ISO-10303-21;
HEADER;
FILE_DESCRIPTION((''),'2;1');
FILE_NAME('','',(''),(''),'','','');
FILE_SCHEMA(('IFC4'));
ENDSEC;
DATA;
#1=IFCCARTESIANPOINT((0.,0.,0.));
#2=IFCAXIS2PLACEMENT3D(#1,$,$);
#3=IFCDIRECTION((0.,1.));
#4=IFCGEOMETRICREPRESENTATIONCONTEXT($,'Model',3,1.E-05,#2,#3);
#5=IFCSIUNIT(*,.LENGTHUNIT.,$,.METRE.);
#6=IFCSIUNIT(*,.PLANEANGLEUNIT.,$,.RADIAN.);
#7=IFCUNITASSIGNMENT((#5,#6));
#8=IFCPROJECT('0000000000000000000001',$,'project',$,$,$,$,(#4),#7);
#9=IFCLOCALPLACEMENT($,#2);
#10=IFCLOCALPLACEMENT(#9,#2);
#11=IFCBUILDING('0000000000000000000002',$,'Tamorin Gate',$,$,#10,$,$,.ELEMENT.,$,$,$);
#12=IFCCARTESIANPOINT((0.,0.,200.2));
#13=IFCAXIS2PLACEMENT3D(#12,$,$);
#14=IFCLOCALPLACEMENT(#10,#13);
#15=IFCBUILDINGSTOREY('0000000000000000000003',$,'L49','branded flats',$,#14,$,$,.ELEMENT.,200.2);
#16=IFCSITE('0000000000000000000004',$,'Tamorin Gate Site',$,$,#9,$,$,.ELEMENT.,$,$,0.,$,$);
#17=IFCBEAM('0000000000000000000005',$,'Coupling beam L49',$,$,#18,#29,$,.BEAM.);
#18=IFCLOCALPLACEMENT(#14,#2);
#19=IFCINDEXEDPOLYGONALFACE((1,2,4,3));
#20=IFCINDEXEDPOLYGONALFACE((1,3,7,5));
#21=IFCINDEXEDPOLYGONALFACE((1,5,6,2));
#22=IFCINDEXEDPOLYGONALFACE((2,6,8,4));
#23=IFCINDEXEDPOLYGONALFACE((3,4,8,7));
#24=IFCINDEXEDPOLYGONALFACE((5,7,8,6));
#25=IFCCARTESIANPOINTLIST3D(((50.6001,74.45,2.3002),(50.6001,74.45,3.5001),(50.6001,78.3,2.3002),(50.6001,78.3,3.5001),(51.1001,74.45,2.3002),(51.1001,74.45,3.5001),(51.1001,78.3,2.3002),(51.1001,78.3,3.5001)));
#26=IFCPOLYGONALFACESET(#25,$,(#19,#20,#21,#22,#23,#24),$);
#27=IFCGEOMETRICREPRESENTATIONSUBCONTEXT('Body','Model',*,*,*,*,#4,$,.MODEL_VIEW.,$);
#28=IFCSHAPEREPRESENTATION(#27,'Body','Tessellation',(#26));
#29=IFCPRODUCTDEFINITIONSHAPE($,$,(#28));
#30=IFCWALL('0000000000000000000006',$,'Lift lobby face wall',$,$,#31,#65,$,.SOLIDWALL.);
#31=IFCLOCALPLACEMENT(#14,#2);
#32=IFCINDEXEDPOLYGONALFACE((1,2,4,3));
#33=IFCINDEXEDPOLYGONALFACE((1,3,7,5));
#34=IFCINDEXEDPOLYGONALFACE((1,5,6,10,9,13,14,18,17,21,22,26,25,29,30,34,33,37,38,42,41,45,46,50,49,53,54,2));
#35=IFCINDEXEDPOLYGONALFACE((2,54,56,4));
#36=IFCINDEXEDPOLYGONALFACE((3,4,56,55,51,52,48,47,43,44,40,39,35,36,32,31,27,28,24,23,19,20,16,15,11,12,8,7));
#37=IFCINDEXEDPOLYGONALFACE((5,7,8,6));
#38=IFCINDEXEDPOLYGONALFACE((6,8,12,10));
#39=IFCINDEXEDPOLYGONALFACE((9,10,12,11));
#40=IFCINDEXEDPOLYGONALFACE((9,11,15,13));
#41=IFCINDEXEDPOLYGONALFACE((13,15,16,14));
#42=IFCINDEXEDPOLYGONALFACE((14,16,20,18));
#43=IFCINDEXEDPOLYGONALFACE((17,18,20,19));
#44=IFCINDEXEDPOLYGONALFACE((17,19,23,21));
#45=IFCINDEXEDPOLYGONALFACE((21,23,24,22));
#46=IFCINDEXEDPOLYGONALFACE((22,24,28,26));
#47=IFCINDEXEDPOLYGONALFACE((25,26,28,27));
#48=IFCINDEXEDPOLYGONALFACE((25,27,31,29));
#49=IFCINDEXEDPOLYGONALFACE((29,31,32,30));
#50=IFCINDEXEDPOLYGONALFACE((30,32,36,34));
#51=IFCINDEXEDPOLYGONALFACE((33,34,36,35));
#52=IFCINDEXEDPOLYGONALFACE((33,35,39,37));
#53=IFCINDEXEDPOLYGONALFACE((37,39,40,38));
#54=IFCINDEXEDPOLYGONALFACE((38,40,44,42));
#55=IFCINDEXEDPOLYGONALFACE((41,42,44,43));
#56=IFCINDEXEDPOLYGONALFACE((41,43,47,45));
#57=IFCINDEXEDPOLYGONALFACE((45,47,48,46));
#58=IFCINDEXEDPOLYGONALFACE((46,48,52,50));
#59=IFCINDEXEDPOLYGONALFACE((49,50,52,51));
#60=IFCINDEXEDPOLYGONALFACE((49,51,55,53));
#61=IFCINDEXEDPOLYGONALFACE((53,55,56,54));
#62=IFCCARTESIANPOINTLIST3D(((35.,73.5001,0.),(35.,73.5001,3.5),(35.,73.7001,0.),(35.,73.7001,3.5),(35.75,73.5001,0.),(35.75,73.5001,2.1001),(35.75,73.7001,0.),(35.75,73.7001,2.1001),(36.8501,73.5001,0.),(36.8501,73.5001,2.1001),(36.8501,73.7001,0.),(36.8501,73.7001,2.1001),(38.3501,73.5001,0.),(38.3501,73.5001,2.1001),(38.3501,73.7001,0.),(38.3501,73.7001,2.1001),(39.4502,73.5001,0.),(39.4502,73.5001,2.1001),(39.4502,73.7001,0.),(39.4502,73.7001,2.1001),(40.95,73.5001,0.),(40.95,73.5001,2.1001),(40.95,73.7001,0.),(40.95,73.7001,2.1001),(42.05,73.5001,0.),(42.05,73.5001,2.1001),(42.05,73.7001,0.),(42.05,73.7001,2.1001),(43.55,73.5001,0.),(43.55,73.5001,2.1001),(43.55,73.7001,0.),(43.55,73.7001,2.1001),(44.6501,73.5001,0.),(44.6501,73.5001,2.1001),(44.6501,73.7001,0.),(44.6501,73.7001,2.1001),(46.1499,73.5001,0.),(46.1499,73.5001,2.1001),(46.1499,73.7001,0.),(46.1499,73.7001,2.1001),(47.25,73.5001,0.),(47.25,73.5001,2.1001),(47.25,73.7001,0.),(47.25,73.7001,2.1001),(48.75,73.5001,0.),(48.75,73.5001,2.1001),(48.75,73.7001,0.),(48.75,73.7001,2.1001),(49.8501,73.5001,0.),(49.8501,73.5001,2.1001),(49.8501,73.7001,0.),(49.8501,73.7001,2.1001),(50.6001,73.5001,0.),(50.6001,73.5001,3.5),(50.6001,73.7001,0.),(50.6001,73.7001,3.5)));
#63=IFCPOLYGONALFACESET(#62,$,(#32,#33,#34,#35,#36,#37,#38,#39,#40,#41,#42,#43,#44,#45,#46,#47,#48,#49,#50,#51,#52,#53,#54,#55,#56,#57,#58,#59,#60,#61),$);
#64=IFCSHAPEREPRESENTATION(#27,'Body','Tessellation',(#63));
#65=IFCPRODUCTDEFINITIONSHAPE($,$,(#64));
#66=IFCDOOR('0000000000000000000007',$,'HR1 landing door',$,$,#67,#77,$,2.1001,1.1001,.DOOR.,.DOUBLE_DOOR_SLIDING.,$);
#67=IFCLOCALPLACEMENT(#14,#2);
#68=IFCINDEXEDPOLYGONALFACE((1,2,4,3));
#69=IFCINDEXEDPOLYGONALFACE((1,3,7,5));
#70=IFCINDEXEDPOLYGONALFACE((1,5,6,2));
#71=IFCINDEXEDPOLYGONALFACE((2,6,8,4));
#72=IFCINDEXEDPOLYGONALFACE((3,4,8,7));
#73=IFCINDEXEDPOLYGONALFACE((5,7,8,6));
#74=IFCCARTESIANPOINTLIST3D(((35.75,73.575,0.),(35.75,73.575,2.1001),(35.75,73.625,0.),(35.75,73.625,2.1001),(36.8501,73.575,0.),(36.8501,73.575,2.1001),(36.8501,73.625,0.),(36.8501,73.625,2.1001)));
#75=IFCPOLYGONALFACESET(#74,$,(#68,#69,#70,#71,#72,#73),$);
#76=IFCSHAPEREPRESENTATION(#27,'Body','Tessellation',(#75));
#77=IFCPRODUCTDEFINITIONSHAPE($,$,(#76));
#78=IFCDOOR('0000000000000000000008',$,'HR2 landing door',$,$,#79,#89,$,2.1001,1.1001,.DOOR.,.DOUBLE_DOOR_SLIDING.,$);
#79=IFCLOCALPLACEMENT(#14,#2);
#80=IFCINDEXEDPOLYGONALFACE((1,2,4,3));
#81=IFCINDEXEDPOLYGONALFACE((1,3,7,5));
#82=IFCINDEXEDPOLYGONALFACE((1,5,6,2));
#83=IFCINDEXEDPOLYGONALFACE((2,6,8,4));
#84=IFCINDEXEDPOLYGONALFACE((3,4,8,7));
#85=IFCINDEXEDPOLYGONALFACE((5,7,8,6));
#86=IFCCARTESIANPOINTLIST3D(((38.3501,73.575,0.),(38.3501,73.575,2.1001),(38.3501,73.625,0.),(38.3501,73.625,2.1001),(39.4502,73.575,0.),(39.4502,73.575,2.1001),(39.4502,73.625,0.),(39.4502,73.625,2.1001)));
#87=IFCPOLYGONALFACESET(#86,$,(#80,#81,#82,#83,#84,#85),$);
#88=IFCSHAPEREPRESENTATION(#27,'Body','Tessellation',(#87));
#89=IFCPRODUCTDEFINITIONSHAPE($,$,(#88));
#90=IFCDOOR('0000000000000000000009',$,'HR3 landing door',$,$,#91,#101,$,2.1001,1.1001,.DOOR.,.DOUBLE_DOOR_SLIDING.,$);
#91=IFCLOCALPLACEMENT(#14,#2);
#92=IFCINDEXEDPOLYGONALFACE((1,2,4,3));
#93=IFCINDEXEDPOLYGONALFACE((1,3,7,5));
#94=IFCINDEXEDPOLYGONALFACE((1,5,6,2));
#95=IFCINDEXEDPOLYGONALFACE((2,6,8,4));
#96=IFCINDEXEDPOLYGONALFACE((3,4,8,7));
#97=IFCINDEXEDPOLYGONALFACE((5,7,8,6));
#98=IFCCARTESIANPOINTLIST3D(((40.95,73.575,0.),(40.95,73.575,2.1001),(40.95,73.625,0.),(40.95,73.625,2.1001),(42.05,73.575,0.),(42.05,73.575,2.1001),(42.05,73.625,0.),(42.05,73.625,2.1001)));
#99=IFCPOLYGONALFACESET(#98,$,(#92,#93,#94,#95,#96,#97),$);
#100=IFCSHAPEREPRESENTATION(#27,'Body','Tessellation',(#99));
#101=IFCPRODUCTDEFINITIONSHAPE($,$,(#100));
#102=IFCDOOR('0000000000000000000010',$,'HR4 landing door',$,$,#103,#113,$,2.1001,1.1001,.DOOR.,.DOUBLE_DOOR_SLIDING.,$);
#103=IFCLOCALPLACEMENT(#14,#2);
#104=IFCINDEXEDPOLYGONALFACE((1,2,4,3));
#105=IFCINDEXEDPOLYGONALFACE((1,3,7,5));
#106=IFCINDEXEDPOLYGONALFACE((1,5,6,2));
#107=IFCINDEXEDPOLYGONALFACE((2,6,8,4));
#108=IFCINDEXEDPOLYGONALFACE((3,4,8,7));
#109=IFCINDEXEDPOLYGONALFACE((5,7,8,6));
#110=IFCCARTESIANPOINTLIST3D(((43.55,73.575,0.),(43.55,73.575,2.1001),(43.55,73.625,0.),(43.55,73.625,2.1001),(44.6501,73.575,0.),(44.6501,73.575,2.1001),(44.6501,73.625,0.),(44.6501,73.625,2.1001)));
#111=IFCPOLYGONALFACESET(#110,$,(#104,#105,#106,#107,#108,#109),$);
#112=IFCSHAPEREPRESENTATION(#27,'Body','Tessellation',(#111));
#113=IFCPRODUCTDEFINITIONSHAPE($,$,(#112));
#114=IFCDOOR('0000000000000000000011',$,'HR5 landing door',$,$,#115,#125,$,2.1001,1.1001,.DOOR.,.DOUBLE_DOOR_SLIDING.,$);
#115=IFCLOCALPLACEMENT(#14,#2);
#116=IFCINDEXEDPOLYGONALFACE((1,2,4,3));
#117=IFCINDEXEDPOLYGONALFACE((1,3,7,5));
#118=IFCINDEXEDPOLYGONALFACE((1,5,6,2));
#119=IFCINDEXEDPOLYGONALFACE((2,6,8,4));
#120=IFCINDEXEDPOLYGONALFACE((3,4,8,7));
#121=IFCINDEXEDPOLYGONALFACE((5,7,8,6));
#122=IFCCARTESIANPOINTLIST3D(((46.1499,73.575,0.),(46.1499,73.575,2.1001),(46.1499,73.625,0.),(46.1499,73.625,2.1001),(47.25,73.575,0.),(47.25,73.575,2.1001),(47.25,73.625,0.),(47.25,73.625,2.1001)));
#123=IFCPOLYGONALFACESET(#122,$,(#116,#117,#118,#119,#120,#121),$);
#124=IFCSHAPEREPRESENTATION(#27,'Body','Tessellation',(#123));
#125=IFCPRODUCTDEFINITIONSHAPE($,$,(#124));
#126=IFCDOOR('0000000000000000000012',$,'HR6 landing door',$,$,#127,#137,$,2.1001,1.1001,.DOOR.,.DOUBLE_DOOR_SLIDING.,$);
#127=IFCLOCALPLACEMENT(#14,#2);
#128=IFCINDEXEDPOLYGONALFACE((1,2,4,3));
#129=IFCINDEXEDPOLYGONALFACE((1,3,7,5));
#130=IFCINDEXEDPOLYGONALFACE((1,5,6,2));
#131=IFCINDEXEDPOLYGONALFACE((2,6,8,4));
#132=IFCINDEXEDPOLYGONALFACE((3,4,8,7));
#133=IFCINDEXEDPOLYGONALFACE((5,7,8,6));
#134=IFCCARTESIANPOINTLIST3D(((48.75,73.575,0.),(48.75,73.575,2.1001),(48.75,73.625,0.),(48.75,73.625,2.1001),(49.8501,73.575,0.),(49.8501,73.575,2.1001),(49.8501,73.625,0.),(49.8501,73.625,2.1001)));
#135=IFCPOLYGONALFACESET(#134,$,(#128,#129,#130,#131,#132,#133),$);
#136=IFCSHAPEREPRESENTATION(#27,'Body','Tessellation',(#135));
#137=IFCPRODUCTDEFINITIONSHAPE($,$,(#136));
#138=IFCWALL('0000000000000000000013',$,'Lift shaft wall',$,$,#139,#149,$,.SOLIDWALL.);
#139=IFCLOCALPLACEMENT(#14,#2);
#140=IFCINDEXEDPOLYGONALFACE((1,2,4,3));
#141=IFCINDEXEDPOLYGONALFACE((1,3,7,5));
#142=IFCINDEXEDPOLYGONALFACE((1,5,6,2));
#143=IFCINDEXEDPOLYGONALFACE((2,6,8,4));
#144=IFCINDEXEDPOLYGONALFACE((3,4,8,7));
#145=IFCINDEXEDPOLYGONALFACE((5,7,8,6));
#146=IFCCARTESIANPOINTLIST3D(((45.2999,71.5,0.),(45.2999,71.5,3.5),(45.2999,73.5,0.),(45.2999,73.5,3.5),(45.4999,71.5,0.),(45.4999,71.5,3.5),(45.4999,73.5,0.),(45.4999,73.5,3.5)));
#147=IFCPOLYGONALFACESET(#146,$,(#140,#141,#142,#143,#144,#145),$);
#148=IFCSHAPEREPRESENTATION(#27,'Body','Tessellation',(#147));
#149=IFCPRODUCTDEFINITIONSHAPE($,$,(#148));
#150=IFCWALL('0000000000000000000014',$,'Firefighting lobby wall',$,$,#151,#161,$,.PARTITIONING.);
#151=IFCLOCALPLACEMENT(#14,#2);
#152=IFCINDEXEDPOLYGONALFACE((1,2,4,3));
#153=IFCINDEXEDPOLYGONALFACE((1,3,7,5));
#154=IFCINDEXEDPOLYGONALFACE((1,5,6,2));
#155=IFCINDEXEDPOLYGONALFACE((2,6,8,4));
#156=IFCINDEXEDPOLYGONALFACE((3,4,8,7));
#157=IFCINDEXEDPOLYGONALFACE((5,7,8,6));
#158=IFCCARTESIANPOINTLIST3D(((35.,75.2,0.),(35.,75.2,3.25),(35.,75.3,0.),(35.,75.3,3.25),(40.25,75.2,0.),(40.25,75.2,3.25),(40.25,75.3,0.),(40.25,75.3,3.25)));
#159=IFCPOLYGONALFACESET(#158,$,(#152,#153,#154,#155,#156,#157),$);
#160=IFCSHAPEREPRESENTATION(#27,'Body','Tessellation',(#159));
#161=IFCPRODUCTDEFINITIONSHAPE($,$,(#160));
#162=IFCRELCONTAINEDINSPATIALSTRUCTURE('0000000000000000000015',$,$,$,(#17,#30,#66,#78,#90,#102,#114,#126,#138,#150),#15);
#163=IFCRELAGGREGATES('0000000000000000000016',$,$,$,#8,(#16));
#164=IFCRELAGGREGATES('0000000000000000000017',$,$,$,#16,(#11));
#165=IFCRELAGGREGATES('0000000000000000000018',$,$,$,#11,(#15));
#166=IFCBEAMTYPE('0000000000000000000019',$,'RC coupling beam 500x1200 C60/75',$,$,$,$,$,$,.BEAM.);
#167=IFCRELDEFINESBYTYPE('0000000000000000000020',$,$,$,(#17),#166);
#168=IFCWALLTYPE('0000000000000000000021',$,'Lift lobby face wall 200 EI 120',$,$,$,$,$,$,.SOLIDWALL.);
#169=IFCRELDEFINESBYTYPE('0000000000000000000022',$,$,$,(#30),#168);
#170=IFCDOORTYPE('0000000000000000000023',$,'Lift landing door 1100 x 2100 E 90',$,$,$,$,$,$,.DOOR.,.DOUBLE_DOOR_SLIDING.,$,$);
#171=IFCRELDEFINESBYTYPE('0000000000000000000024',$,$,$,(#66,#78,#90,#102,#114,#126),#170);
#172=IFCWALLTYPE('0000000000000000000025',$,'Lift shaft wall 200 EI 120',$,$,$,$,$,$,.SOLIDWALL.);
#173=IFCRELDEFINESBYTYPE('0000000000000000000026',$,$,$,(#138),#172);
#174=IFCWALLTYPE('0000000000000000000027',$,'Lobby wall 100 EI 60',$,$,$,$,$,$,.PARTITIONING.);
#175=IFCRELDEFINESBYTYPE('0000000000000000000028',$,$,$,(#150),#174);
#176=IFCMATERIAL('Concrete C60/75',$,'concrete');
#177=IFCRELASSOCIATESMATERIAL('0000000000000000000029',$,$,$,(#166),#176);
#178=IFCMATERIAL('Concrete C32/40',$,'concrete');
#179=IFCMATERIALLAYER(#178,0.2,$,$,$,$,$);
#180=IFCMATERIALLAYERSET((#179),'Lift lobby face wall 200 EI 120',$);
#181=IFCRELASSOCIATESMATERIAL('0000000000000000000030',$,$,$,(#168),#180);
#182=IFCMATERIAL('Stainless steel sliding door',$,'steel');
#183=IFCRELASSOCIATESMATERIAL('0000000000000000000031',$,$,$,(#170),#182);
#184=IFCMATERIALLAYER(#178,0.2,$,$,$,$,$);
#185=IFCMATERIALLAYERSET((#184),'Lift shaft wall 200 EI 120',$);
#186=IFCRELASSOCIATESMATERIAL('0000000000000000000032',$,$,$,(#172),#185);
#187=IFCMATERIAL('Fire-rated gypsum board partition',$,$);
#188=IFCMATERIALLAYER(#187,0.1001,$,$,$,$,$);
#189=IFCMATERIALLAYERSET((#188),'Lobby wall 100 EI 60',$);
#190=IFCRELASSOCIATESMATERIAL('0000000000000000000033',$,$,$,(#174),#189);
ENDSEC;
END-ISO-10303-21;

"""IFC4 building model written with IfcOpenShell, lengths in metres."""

from ifc_helpers import new_model, si_unit, direction, frame, frame_2d, origin, origin_2d, place, context, subcontext, project, spatial, rectangle, extrude, material, layer, layer_set, material_profile, profile_set, type_object, element, fill, save


model = new_model("IFC4")

# Units and contexts
model_context = context("Model", 3, precision=1e-05, world=origin(), true_north=direction((0.0, 1.0)))
body_context = subcontext(model_context, "Body", "Model", "MODEL_VIEW")
ifc_project = project(units=[si_unit("LENGTHUNIT", "METRE"), si_unit("PLANEANGLEUNIT", "RADIAN")], contexts=[model_context])

# Site, building, storey
site_placement = place(None, origin())
site = spatial("IfcSite", under=ifc_project, at=site_placement, Name="Tamorin Gate Site", CompositionType="ELEMENT", RefElevation=0.0)
building_placement = place(site_placement, origin())
building = spatial("IfcBuilding", under=site, at=building_placement, Name="Tamorin Gate", CompositionType="ELEMENT")
storey_placement = place(building_placement, frame((0.0, 0.0, 200.2)))
storey = spatial("IfcBuildingStorey", under=building, at=storey_placement, Name="L49", Description="branded flats", CompositionType="ELEMENT", Elevation=200.2)

# Beam
ifc_material_1 = material(Name="Concrete C60/75", Category="concrete")
ifc_material_profile = material_profile(ifc_material_1, rectangle(XDim=0.5, YDim=1.2, at=origin_2d()), Name="RC 500x1200")
ifc_profile_set = profile_set([ifc_material_profile], Name="Concrete C60/75")
beam_type = type_object("IfcBeamType", Name="RC coupling beam 500x1200 C60/75", PredefinedType="BEAM", material=ifc_profile_set)
beam_placement = place(storey_placement, frame((50.8501, 74.45, 2.9001), z_axis=(0.0, 1.0, 0.0), x_axis=(-1.0, 0.0, 0.0)))
element("IfcBeam", 1, at=beam_placement, inside=storey, type_object=beam_type, Name="Coupling beam L49", PredefinedType="BEAM", context=body_context, shape_type="SweptSolid", body=[
    extrude(rectangle(XDim=0.5, YDim=1.2, at=origin_2d()), origin(), (0.0, 0.0, 1.0), 3.8501),
])

# Wall, openings, doors
ifc_material_2 = material(Name="Concrete C32/40", Category="concrete")
ifc_layer_1 = layer(ifc_material_2, 0.2)
ifc_layer_set_1 = layer_set([ifc_layer_1], Name="Lift lobby face wall 200 EI 120")
wall_type_1 = type_object("IfcWallType", Name="Lift lobby face wall 200 EI 120", PredefinedType="SOLIDWALL", material=ifc_layer_set_1)
wall_1_placement = place(storey_placement, frame((35.0, 73.6001, 0.0), z_axis=(0.0, 0.0, 1.0), x_axis=(1.0, 0.0, 0.0)))
wall_1 = element("IfcWall", 2, at=wall_1_placement, inside=storey, type_object=wall_type_1, Name="Lift lobby face wall", PredefinedType="SOLIDWALL", context=body_context, shape_type="SweptSolid", body=[
    extrude(rectangle(XDim=15.6001, YDim=0.2, at=frame_2d((7.8, 0.0))), origin(), (0.0, 0.0, 1.0), 3.5),
])
opening_1_placement = place(wall_1_placement, frame((0.75, 0.0, 0.0)))
opening_1 = element("IfcOpeningElement", 3, at=opening_1_placement, cuts=wall_1, PredefinedType="OPENING", context=body_context, shape_type="SweptSolid", body=[
    extrude(rectangle(XDim=1.1001, YDim=2.1001, at=frame_2d((0.55, 1.05))), frame((0.0, 0.1099, 0.0), z_axis=(0.0, -1.0, 0.0), x_axis=(1.0, 0.0, 0.0)), (0.0, 0.0, 1.0), 0.22),
])
opening_2_placement = place(wall_1_placement, frame((3.3501, 0.0, 0.0)))
opening_2 = element("IfcOpeningElement", 4, at=opening_2_placement, cuts=wall_1, PredefinedType="OPENING", context=body_context, shape_type="SweptSolid", body=[
    extrude(rectangle(XDim=1.1001, YDim=2.1001, at=frame_2d((0.55, 1.05))), frame((0.0, 0.1099, 0.0), z_axis=(0.0, -1.0, 0.0), x_axis=(1.0, 0.0, 0.0)), (0.0, 0.0, 1.0), 0.22),
])
opening_3_placement = place(wall_1_placement, frame((5.95, 0.0, 0.0)))
opening_3 = element("IfcOpeningElement", 5, at=opening_3_placement, cuts=wall_1, PredefinedType="OPENING", context=body_context, shape_type="SweptSolid", body=[
    extrude(rectangle(XDim=1.1001, YDim=2.1001, at=frame_2d((0.55, 1.05))), frame((0.0, 0.1099, 0.0), z_axis=(0.0, -1.0, 0.0), x_axis=(1.0, 0.0, 0.0)), (0.0, 0.0, 1.0), 0.22),
])
opening_4_placement = place(wall_1_placement, frame((8.55, 0.0, 0.0)))
opening_4 = element("IfcOpeningElement", 6, at=opening_4_placement, cuts=wall_1, PredefinedType="OPENING", context=body_context, shape_type="SweptSolid", body=[
    extrude(rectangle(XDim=1.1001, YDim=2.1001, at=frame_2d((0.55, 1.05))), frame((0.0, 0.1099, 0.0), z_axis=(0.0, -1.0, 0.0), x_axis=(1.0, 0.0, 0.0)), (0.0, 0.0, 1.0), 0.22),
])
opening_5_placement = place(wall_1_placement, frame((11.1499, 0.0, 0.0)))
opening_5 = element("IfcOpeningElement", 7, at=opening_5_placement, cuts=wall_1, PredefinedType="OPENING", context=body_context, shape_type="SweptSolid", body=[
    extrude(rectangle(XDim=1.1001, YDim=2.1001, at=frame_2d((0.55, 1.05))), frame((0.0, 0.1099, 0.0), z_axis=(0.0, -1.0, 0.0), x_axis=(1.0, 0.0, 0.0)), (0.0, 0.0, 1.0), 0.22),
])
opening_6_placement = place(wall_1_placement, frame((13.75, 0.0, 0.0)))
opening_6 = element("IfcOpeningElement", 8, at=opening_6_placement, cuts=wall_1, PredefinedType="OPENING", context=body_context, shape_type="SweptSolid", body=[
    extrude(rectangle(XDim=1.1001, YDim=2.1001, at=frame_2d((0.55, 1.05))), frame((0.0, 0.1099, 0.0), z_axis=(0.0, -1.0, 0.0), x_axis=(1.0, 0.0, 0.0)), (0.0, 0.0, 1.0), 0.22),
])
ifc_material_3 = material(Name="Stainless steel sliding door", Category="steel")
door_type_1 = type_object("IfcDoorType", Name="Lift landing door 1100 x 2100 E 90", OperationType="DOUBLE_DOOR_SLIDING", PredefinedType="DOOR", material=ifc_material_3)
door_1_placement = place(opening_1_placement, origin())
door_1 = element("IfcDoor", 9, at=door_1_placement, inside=storey, type_object=door_type_1, Name="HR1 landing door", OperationType="DOUBLE_DOOR_SLIDING", OverallHeight=2.1001, OverallWidth=1.1001, PredefinedType="DOOR", context=body_context, shape_type="SweptSolid", body=[
    extrude(rectangle(XDim=1.1001, YDim=2.1001, at=frame_2d((0.55, 1.05))), frame((0.0, 0.0249, 0.0), z_axis=(0.0, -1.0, 0.0), x_axis=(1.0, 0.0, 0.0)), (0.0, 0.0, 1.0), 0.05),
])
fill(opening_1, door_1)
door_2_placement = place(opening_2_placement, origin())
door_2 = element("IfcDoor", 10, at=door_2_placement, inside=storey, type_object=door_type_1, Name="HR2 landing door", OperationType="DOUBLE_DOOR_SLIDING", OverallHeight=2.1001, OverallWidth=1.1001, PredefinedType="DOOR", context=body_context, shape_type="SweptSolid", body=[
    extrude(rectangle(XDim=1.1001, YDim=2.1001, at=frame_2d((0.55, 1.05))), frame((0.0, 0.0249, 0.0), z_axis=(0.0, -1.0, 0.0), x_axis=(1.0, 0.0, 0.0)), (0.0, 0.0, 1.0), 0.05),
])
fill(opening_2, door_2)
door_3_placement = place(opening_3_placement, origin())
door_3 = element("IfcDoor", 11, at=door_3_placement, inside=storey, type_object=door_type_1, Name="HR3 landing door", OperationType="DOUBLE_DOOR_SLIDING", OverallHeight=2.1001, OverallWidth=1.1001, PredefinedType="DOOR", context=body_context, shape_type="SweptSolid", body=[
    extrude(rectangle(XDim=1.1001, YDim=2.1001, at=frame_2d((0.55, 1.05))), frame((0.0, 0.0249, 0.0), z_axis=(0.0, -1.0, 0.0), x_axis=(1.0, 0.0, 0.0)), (0.0, 0.0, 1.0), 0.05),
])
fill(opening_3, door_3)
door_4_placement = place(opening_4_placement, origin())
door_4 = element("IfcDoor", 12, at=door_4_placement, inside=storey, type_object=door_type_1, Name="HR4 landing door", OperationType="DOUBLE_DOOR_SLIDING", OverallHeight=2.1001, OverallWidth=1.1001, PredefinedType="DOOR", context=body_context, shape_type="SweptSolid", body=[
    extrude(rectangle(XDim=1.1001, YDim=2.1001, at=frame_2d((0.55, 1.05))), frame((0.0, 0.0249, 0.0), z_axis=(0.0, -1.0, 0.0), x_axis=(1.0, 0.0, 0.0)), (0.0, 0.0, 1.0), 0.05),
])
fill(opening_4, door_4)
door_5_placement = place(opening_5_placement, origin())
door_5 = element("IfcDoor", 13, at=door_5_placement, inside=storey, type_object=door_type_1, Name="HR5 landing door", OperationType="DOUBLE_DOOR_SLIDING", OverallHeight=2.1001, OverallWidth=1.1001, PredefinedType="DOOR", context=body_context, shape_type="SweptSolid", body=[
    extrude(rectangle(XDim=1.1001, YDim=2.1001, at=frame_2d((0.55, 1.05))), frame((0.0, 0.0249, 0.0), z_axis=(0.0, -1.0, 0.0), x_axis=(1.0, 0.0, 0.0)), (0.0, 0.0, 1.0), 0.05),
])
fill(opening_5, door_5)
door_6_placement = place(opening_6_placement, origin())
door_6 = element("IfcDoor", 14, at=door_6_placement, inside=storey, type_object=door_type_1, Name="HR6 landing door", OperationType="DOUBLE_DOOR_SLIDING", OverallHeight=2.1001, OverallWidth=1.1001, PredefinedType="DOOR", context=body_context, shape_type="SweptSolid", body=[
    extrude(rectangle(XDim=1.1001, YDim=2.1001, at=frame_2d((0.55, 1.05))), frame((0.0, 0.0249, 0.0), z_axis=(0.0, -1.0, 0.0), x_axis=(1.0, 0.0, 0.0)), (0.0, 0.0, 1.0), 0.05),
])
fill(opening_6, door_6)

# Walls
ifc_layer_2 = layer(ifc_material_2, 0.2)
ifc_layer_set_2 = layer_set([ifc_layer_2], Name="Lift shaft wall 200 EI 120")
wall_type_2 = type_object("IfcWallType", Name="Lift shaft wall 200 EI 120", PredefinedType="SOLIDWALL", material=ifc_layer_set_2)
wall_2_placement = place(storey_placement, frame((45.3999, 71.5, 0.0), z_axis=(0.0, 0.0, 1.0), x_axis=(0.0, 1.0, 0.0)))
element("IfcWall", 15, at=wall_2_placement, inside=storey, type_object=wall_type_2, Name="Lift shaft wall", PredefinedType="SOLIDWALL", context=body_context, shape_type="SweptSolid", body=[
    extrude(rectangle(XDim=2.0, YDim=0.2, at=frame_2d((1.0, 0.0))), origin(), (0.0, 0.0, 1.0), 3.5),
])
ifc_material_4 = material(Name="Fire-rated gypsum board partition")
ifc_layer_3 = layer(ifc_material_4, 0.1001)
ifc_layer_set_3 = layer_set([ifc_layer_3], Name="Lobby wall 100 EI 60")
wall_type_3 = type_object("IfcWallType", Name="Lobby wall 100 EI 60", PredefinedType="PARTITIONING", material=ifc_layer_set_3)
wall_3_placement = place(storey_placement, frame((35.0, 75.25, 0.0), z_axis=(0.0, 0.0, 1.0), x_axis=(1.0, 0.0, 0.0)))
element("IfcWall", 16, at=wall_3_placement, inside=storey, type_object=wall_type_3, Name="Firefighting lobby wall", PredefinedType="PARTITIONING", context=body_context, shape_type="SweptSolid", body=[
    extrude(rectangle(XDim=5.25, YDim=0.1001, at=frame_2d((2.625, 0.0))), origin(), (0.0, 0.0, 1.0), 3.25),
])

save(model, "model.ifc")
